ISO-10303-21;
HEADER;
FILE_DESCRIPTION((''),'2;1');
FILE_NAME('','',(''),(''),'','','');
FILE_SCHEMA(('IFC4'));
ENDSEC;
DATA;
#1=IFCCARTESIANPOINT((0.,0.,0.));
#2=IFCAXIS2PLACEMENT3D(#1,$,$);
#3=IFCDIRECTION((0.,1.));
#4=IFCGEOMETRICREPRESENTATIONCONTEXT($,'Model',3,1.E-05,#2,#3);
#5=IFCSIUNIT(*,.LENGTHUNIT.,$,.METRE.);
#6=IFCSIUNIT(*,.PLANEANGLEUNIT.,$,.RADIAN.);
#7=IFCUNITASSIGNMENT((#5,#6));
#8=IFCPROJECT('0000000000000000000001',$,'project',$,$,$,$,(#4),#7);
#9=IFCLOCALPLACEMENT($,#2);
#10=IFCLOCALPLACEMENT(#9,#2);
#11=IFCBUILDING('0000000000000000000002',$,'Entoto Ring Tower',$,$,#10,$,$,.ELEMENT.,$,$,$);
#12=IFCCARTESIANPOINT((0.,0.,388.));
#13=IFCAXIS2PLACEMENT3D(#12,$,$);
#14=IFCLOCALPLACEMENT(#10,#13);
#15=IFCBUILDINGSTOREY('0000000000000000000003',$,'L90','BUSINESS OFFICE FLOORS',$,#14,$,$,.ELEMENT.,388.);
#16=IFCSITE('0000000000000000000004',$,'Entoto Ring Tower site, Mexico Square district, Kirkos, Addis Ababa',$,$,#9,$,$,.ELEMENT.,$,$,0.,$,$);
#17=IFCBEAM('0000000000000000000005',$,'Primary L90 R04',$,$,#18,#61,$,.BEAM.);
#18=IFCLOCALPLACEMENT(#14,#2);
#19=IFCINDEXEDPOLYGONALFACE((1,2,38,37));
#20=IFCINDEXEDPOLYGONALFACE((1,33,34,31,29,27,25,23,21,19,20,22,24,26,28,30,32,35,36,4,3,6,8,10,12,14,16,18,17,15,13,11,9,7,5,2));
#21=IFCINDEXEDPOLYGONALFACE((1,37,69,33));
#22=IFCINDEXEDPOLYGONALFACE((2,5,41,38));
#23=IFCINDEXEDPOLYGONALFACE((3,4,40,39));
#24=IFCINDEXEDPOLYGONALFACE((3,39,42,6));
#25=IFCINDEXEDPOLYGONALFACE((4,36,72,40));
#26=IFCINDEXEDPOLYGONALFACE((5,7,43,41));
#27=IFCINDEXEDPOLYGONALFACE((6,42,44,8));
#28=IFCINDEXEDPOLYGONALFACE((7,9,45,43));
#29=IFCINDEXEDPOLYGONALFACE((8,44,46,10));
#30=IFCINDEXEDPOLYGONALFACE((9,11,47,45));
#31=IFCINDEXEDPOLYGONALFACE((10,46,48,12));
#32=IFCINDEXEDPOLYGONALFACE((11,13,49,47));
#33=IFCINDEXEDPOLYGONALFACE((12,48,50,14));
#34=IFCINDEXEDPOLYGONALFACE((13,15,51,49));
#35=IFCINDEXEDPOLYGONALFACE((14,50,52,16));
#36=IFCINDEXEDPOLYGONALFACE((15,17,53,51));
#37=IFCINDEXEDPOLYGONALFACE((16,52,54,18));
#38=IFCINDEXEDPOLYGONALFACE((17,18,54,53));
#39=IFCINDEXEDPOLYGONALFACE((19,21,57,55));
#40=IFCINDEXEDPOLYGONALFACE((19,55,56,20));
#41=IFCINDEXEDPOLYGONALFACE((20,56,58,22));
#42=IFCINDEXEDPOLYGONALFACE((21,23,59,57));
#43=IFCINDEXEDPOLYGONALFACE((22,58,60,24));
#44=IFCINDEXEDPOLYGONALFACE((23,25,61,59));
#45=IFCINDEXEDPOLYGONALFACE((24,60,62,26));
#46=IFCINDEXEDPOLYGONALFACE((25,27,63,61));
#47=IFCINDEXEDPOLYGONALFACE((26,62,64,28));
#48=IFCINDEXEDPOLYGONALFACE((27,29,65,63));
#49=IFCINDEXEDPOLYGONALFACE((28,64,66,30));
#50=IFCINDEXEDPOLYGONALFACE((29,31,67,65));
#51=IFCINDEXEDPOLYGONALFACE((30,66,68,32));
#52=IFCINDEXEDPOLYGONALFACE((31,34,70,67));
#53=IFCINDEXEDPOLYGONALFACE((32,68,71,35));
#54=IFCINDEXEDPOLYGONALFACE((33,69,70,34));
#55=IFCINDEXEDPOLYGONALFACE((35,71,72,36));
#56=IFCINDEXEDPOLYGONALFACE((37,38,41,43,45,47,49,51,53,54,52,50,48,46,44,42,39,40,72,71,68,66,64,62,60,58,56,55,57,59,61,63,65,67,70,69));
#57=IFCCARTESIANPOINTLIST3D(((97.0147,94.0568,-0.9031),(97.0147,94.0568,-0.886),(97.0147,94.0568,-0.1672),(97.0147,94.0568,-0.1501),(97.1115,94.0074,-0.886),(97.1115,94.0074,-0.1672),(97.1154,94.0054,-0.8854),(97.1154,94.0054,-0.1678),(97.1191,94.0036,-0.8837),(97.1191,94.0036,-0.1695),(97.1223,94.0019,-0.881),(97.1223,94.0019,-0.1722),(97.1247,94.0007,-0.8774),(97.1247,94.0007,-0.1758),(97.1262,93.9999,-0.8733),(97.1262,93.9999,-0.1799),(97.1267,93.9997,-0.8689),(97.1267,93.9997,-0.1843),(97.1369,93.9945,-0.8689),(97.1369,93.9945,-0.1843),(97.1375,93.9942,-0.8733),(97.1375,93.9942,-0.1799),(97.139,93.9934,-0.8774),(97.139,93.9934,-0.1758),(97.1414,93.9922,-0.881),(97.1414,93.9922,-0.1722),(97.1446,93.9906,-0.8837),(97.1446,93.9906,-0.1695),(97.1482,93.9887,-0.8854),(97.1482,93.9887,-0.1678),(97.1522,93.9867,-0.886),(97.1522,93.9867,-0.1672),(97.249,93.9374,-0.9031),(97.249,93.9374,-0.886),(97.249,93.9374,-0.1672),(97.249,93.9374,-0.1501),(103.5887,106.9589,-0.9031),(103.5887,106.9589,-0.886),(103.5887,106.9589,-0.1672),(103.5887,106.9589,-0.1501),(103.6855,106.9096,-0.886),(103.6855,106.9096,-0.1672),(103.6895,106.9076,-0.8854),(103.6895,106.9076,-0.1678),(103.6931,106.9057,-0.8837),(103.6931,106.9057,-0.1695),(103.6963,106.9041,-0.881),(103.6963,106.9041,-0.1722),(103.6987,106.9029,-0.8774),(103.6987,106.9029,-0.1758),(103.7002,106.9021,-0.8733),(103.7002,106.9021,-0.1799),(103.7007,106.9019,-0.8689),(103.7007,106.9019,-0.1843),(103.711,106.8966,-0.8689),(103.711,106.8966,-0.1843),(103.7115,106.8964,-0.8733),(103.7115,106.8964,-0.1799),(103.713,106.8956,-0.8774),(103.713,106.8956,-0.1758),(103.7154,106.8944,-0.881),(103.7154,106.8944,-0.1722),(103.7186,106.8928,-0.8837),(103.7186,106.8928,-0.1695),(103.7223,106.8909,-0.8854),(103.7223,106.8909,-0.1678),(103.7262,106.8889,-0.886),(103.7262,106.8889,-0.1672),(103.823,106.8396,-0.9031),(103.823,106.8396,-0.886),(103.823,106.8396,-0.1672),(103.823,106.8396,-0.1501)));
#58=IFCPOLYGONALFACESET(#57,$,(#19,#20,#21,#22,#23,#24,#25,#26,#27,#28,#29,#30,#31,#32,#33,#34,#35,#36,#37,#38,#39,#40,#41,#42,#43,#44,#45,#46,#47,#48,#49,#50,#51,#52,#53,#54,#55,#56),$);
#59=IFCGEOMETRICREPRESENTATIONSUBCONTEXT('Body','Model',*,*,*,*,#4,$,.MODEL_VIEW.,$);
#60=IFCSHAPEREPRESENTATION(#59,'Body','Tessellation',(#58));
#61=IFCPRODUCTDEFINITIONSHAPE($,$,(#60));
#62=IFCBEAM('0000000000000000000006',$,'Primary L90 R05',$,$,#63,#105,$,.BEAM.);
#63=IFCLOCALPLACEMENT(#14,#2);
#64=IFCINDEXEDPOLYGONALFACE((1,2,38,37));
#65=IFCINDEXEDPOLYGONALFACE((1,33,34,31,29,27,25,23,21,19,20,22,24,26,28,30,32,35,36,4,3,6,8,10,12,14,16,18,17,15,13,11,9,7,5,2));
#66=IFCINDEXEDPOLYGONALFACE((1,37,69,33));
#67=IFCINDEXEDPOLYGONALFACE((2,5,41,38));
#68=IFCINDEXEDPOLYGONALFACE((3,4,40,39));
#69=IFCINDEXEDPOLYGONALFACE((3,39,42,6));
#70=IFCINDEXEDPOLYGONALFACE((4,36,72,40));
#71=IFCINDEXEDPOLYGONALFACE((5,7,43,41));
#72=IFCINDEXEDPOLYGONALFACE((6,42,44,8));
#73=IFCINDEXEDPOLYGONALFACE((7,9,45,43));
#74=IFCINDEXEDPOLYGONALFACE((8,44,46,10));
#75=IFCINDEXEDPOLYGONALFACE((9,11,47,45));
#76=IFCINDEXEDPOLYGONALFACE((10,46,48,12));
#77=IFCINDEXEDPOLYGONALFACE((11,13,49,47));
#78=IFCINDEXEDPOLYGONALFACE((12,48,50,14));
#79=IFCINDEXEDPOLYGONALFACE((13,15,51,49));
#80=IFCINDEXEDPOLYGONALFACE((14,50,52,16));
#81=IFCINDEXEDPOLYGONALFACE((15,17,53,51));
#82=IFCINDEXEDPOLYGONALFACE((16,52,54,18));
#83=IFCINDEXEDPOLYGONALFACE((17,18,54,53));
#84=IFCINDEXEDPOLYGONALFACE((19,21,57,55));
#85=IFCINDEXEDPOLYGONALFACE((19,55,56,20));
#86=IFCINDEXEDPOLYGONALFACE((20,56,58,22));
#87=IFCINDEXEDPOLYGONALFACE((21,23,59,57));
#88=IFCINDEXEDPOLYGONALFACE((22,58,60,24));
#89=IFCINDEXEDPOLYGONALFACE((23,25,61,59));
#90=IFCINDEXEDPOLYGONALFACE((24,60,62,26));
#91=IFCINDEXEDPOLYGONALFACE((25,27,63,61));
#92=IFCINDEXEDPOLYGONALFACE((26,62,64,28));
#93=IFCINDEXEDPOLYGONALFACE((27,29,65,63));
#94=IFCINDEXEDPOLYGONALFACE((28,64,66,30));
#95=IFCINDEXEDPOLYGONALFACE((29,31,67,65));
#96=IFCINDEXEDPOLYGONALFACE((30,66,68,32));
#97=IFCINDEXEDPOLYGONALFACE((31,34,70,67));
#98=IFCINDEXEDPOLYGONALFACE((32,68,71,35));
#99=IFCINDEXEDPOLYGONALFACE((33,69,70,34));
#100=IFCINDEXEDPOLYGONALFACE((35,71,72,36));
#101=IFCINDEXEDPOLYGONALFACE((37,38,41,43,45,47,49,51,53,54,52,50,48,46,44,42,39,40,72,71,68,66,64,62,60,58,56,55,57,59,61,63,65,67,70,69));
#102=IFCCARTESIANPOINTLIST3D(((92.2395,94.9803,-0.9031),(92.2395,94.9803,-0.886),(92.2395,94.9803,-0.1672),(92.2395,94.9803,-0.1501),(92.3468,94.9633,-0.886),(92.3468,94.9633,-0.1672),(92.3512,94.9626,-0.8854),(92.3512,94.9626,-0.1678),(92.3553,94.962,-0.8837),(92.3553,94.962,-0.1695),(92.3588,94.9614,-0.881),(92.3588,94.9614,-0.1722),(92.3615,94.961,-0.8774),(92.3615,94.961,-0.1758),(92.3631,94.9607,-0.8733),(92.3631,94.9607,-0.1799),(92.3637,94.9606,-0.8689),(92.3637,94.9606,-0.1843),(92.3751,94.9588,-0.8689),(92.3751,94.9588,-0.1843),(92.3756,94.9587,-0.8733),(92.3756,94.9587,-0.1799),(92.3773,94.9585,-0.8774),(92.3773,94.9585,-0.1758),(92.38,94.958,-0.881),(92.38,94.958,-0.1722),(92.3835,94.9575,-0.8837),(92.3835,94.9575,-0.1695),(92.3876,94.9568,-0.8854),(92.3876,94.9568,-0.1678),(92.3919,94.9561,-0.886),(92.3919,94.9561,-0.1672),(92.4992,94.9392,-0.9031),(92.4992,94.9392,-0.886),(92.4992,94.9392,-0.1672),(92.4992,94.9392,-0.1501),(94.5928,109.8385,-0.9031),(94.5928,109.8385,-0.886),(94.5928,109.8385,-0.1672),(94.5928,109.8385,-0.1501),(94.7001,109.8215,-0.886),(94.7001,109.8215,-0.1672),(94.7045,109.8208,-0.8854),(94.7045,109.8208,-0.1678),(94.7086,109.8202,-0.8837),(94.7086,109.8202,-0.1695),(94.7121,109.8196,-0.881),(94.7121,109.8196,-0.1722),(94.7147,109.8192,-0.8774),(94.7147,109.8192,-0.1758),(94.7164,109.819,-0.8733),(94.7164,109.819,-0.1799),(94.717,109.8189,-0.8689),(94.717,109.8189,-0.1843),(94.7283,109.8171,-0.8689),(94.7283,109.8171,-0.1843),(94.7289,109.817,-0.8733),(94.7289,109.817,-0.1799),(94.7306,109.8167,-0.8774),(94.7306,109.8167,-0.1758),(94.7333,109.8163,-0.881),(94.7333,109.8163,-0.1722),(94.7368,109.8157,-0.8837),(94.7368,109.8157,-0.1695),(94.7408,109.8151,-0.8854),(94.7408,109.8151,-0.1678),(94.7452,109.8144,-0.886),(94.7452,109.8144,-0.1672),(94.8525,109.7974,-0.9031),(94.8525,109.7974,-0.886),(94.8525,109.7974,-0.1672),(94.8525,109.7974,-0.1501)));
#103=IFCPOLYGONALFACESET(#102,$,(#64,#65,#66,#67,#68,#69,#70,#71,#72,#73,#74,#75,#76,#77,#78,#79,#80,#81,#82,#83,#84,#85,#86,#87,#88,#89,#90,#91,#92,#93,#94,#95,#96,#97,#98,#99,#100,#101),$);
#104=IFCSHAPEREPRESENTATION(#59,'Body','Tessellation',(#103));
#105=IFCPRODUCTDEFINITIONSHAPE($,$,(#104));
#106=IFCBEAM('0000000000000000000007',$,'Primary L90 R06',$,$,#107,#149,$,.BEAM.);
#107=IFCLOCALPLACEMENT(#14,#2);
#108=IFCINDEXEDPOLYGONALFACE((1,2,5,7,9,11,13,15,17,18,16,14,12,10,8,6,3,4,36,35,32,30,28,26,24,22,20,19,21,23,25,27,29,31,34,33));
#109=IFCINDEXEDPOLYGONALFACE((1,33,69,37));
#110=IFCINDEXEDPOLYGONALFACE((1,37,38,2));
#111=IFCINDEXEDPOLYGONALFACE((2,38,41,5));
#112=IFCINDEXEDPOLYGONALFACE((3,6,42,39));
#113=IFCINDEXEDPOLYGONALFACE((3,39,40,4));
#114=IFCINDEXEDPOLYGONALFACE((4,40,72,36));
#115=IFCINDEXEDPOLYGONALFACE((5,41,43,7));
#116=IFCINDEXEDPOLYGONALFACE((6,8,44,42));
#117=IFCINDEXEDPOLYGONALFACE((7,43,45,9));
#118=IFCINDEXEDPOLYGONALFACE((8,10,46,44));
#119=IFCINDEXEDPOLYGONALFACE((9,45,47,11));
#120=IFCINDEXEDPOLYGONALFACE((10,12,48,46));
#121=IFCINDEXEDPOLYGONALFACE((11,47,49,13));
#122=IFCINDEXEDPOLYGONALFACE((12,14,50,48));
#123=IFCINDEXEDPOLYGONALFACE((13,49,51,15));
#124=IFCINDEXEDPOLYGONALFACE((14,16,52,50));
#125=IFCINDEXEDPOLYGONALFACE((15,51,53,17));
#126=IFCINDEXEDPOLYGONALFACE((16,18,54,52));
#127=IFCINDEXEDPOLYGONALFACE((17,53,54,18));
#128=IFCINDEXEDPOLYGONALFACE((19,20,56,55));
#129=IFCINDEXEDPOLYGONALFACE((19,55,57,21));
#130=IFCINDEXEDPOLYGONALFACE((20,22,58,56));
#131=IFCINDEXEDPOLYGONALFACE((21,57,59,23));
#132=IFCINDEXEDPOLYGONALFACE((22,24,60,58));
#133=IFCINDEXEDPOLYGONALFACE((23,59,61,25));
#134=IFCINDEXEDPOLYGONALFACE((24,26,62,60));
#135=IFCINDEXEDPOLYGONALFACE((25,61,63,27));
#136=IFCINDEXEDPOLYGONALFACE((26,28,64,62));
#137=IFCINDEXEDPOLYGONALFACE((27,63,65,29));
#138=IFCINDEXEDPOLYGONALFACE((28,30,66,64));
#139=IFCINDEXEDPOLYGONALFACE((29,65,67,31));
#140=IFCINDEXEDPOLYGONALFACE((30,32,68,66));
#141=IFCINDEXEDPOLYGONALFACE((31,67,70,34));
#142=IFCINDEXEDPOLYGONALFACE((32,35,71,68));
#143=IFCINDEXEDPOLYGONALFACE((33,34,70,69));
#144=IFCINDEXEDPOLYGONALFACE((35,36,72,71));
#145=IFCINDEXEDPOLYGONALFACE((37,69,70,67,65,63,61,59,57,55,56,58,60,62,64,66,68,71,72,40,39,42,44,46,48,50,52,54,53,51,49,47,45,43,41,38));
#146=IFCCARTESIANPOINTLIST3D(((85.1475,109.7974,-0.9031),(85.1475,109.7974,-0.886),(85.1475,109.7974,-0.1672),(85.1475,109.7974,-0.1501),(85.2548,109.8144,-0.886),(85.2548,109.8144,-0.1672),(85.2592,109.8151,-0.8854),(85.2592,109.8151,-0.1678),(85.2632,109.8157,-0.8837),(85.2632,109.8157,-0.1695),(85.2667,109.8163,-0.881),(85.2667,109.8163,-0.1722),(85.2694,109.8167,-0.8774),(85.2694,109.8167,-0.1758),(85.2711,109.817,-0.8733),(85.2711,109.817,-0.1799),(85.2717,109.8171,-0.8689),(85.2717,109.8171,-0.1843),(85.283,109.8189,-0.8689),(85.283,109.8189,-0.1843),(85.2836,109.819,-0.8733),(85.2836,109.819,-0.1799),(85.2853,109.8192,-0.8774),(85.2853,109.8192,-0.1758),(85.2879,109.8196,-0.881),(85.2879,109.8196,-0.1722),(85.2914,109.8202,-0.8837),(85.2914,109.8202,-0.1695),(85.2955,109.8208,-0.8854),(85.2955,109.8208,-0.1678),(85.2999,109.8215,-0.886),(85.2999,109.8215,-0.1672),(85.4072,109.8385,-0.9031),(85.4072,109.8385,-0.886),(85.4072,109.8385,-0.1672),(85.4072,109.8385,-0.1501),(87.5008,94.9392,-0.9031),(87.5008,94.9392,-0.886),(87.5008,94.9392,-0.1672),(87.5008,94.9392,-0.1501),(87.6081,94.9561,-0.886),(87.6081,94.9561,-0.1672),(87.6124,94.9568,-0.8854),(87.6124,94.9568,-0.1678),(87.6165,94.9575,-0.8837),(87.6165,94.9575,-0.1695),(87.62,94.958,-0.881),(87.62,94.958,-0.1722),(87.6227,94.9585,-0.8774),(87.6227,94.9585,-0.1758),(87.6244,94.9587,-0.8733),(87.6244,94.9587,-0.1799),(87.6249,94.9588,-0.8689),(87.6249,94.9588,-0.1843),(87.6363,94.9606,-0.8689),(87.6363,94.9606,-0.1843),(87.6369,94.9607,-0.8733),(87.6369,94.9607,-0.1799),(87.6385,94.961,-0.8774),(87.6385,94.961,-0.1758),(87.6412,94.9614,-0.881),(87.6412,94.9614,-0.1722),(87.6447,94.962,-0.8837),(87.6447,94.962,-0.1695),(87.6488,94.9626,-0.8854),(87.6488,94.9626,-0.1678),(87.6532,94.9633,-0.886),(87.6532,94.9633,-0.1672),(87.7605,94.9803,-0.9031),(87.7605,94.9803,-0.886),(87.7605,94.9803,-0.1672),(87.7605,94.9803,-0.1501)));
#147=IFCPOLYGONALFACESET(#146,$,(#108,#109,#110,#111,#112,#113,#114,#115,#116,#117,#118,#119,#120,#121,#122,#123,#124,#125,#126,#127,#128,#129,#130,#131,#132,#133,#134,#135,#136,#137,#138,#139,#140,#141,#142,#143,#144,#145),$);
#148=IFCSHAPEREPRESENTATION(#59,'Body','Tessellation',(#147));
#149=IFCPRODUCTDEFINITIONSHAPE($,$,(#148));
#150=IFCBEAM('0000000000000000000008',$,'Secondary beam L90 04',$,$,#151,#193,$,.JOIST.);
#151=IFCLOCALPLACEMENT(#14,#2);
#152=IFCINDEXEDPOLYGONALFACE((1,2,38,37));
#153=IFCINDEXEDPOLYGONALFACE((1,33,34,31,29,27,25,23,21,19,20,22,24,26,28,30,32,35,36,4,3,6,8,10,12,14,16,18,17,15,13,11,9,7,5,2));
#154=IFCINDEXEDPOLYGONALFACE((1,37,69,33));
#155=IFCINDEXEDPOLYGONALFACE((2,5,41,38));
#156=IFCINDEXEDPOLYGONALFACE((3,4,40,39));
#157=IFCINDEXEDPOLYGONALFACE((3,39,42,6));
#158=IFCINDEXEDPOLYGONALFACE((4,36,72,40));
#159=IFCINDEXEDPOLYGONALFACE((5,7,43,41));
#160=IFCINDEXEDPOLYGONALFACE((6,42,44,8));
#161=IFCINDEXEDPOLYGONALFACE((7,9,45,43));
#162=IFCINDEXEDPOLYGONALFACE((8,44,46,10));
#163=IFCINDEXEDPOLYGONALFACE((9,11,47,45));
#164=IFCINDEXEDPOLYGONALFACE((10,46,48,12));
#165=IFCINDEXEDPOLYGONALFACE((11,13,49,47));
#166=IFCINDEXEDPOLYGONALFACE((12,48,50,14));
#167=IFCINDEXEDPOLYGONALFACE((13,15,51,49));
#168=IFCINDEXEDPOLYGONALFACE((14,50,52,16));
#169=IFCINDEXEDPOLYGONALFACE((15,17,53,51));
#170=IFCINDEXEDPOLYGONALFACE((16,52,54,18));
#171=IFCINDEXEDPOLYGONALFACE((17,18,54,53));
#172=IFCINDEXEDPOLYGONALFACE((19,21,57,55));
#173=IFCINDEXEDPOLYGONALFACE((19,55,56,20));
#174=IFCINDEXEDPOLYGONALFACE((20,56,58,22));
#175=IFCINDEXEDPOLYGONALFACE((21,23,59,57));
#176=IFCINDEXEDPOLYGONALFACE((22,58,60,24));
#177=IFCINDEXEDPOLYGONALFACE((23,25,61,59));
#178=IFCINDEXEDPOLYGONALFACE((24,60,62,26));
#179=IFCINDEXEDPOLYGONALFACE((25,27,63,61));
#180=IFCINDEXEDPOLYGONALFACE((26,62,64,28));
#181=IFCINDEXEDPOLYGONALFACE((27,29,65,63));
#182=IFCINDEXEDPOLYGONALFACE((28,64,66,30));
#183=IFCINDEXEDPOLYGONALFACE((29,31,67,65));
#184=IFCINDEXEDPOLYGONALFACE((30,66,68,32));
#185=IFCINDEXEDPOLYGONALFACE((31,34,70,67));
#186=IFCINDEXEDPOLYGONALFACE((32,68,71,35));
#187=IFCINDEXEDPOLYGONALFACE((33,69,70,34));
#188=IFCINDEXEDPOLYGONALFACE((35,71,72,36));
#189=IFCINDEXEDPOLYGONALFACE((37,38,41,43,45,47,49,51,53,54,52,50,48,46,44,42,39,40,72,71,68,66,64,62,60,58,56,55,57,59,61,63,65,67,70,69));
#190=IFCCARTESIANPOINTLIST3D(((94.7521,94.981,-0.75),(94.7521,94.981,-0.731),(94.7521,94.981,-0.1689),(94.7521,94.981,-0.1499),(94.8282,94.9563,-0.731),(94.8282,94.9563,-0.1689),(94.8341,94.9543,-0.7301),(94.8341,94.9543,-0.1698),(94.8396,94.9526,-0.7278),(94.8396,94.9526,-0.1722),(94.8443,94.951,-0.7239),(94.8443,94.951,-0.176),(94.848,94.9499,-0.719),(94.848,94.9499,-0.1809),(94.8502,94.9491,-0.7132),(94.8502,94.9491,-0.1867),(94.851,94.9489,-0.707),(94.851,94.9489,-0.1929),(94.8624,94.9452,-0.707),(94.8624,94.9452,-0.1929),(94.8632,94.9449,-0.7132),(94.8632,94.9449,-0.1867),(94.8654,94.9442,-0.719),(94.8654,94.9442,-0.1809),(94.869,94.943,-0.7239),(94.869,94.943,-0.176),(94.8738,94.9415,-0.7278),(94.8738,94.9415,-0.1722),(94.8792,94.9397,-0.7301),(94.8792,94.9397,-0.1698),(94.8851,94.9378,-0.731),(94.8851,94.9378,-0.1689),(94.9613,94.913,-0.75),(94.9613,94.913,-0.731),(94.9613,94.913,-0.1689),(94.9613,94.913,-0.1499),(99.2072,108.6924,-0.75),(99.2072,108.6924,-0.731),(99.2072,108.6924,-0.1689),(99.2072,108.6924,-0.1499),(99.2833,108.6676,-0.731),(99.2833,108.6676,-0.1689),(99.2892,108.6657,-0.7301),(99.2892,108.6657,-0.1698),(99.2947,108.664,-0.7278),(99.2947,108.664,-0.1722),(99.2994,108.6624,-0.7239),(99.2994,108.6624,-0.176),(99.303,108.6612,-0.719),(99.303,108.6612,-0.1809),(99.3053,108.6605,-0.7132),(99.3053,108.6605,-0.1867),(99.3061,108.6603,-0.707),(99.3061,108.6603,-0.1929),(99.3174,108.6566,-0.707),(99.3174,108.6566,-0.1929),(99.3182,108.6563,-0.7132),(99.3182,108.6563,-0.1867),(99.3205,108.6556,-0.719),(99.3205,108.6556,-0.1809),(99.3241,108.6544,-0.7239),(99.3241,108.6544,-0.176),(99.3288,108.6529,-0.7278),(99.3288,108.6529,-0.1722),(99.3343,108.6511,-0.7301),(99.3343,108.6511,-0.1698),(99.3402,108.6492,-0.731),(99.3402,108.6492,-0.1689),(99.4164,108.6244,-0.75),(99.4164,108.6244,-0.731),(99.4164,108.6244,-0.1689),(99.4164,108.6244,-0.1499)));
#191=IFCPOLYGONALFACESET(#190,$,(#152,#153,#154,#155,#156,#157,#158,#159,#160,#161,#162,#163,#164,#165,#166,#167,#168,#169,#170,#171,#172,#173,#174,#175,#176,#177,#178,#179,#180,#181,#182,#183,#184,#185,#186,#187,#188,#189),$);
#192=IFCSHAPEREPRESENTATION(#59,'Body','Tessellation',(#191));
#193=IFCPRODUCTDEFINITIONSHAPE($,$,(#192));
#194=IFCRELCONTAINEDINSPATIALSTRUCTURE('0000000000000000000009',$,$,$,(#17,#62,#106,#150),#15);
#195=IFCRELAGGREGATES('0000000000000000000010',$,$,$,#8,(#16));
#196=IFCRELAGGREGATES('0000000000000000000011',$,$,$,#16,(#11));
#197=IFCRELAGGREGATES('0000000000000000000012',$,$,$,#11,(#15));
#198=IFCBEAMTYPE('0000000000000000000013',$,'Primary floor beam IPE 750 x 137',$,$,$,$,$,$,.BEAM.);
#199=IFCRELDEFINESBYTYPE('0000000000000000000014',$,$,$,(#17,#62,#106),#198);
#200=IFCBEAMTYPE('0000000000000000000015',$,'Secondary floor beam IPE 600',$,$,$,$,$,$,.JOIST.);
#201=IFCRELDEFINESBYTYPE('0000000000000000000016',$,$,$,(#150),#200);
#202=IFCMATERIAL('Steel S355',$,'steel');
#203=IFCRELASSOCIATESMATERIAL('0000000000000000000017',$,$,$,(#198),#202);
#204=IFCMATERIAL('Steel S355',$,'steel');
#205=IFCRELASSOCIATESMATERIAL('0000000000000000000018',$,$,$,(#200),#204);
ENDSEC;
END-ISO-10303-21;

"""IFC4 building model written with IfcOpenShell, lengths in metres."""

from ifc_helpers import new_model, si_unit, direction, frame, origin, origin_2d, place, context, subcontext, project, spatial, i_section, extrude, material, material_profile, profile_set, type_object, element, save


model = new_model("IFC4")

# Units and contexts
model_context = context("Model", 3, precision=1e-05, world=origin(), true_north=direction((0.0, 1.0)))
body_context = subcontext(model_context, "Body", "Model", "MODEL_VIEW")
ifc_project = project(units=[si_unit("LENGTHUNIT", "METRE"), si_unit("PLANEANGLEUNIT", "RADIAN")], contexts=[model_context])

# Site, building, storey
site_placement = place(None, origin())
site = spatial("IfcSite", under=ifc_project, at=site_placement, Name="Entoto Ring Tower site, Mexico Square district, Kirkos, Addis Ababa", CompositionType="ELEMENT", RefElevation=0.0)
building_placement = place(site_placement, origin())
building = spatial("IfcBuilding", under=site, at=building_placement, Name="Entoto Ring Tower", CompositionType="ELEMENT")
storey_placement = place(building_placement, frame((0.0, 0.0, 388.0)))
storey = spatial("IfcBuildingStorey", under=building, at=storey_placement, Name="L90", Description="BUSINESS OFFICE FLOORS", CompositionType="ELEMENT", Elevation=388.0)

# Beams
ifc_material_1 = material(Name="Steel S355", Category="steel")
ifc_material_profile_1 = material_profile(ifc_material_1, i_section(OverallWidth=0.2629, OverallDepth=0.7529, WebThickness=0.0115, FlangeThickness=0.0171, FilletRadius=0.0171, at=origin_2d()), Name="IPE 750 x 137")
ifc_profile_set_1 = profile_set([ifc_material_profile_1], Name="Steel S355")
beam_type_1 = type_object("IfcBeamType", Name="Primary floor beam IPE 750 x 137", PredefinedType="BEAM", material=ifc_profile_set_1)
beam_1_placement = place(storey_placement, frame((97.1318, 93.9971, -0.5266), z_axis=(0.453992, 0.891006, 0.0), x_axis=(-0.891006, 0.453992, 0.0)))
element("IfcBeam", 1, at=beam_1_placement, inside=storey, type_object=beam_type_1, Name="Primary L90 R04", PredefinedType="BEAM", context=body_context, shape_type="SweptSolid", body=[
    extrude(i_section(OverallWidth=0.2629, OverallDepth=0.7529, WebThickness=0.0115, FlangeThickness=0.0171, FilletRadius=0.0171, at=origin_2d()), origin(), (0.0, 0.0, 1.0), 14.4805),
])
for number, where, z_axis, x_axis, name in (
    (2, (92.3694, 94.9597, -0.5266), (0.156433, 0.987689, 0.0), (-0.987689, 0.156433, 0.0), "Primary L90 R05"),
    (3, (87.6306, 94.9597, -0.5266), (-0.156433, 0.987689, 0.0), (-0.987689, -0.156433, 0.0), "Primary L90 R06"),
):
    element("IfcBeam", number, at=place(storey_placement, frame(where, z_axis=z_axis, x_axis=x_axis)), inside=storey, type_object=beam_type_1, Name=name, PredefinedType="BEAM", context=body_context, shape_type="SweptSolid", body=[
        extrude(i_section(OverallWidth=0.2629, OverallDepth=0.7529, WebThickness=0.0115, FlangeThickness=0.0171, FilletRadius=0.0171, at=origin_2d()), origin(), (0.0, 0.0, 1.0), 15.0435),
    ])
ifc_material_2 = material(Name="Steel S355", Category="steel")
ifc_material_profile_2 = material_profile(ifc_material_2, i_section(OverallWidth=0.22, OverallDepth=0.6001, WebThickness=0.012, FlangeThickness=0.019, FilletRadius=0.0239, at=origin_2d()), Name="IPE 600")
ifc_profile_set_2 = profile_set([ifc_material_profile_2], Name="Steel S355")
beam_type_2 = type_object("IfcBeamType", Name="Secondary floor beam IPE 600", PredefinedType="JOIST", material=ifc_profile_set_2)
beam_2_placement = place(storey_placement, frame((94.8567, 94.947, -0.45), z_axis=(0.309015, 0.951057, 0.0), x_axis=(-0.951057, 0.309015, 0.0)))
element("IfcBeam", 4, at=beam_2_placement, inside=storey, type_object=beam_type_2, Name="Secondary beam L90 04", PredefinedType="JOIST", context=body_context, shape_type="SweptSolid", body=[
    extrude(i_section(OverallWidth=0.22, OverallDepth=0.6001, WebThickness=0.012, FlangeThickness=0.019, FilletRadius=0.0239, at=origin_2d()), origin(), (0.0, 0.0, 1.0), 14.417),
])

save(model, "model.ifc")
